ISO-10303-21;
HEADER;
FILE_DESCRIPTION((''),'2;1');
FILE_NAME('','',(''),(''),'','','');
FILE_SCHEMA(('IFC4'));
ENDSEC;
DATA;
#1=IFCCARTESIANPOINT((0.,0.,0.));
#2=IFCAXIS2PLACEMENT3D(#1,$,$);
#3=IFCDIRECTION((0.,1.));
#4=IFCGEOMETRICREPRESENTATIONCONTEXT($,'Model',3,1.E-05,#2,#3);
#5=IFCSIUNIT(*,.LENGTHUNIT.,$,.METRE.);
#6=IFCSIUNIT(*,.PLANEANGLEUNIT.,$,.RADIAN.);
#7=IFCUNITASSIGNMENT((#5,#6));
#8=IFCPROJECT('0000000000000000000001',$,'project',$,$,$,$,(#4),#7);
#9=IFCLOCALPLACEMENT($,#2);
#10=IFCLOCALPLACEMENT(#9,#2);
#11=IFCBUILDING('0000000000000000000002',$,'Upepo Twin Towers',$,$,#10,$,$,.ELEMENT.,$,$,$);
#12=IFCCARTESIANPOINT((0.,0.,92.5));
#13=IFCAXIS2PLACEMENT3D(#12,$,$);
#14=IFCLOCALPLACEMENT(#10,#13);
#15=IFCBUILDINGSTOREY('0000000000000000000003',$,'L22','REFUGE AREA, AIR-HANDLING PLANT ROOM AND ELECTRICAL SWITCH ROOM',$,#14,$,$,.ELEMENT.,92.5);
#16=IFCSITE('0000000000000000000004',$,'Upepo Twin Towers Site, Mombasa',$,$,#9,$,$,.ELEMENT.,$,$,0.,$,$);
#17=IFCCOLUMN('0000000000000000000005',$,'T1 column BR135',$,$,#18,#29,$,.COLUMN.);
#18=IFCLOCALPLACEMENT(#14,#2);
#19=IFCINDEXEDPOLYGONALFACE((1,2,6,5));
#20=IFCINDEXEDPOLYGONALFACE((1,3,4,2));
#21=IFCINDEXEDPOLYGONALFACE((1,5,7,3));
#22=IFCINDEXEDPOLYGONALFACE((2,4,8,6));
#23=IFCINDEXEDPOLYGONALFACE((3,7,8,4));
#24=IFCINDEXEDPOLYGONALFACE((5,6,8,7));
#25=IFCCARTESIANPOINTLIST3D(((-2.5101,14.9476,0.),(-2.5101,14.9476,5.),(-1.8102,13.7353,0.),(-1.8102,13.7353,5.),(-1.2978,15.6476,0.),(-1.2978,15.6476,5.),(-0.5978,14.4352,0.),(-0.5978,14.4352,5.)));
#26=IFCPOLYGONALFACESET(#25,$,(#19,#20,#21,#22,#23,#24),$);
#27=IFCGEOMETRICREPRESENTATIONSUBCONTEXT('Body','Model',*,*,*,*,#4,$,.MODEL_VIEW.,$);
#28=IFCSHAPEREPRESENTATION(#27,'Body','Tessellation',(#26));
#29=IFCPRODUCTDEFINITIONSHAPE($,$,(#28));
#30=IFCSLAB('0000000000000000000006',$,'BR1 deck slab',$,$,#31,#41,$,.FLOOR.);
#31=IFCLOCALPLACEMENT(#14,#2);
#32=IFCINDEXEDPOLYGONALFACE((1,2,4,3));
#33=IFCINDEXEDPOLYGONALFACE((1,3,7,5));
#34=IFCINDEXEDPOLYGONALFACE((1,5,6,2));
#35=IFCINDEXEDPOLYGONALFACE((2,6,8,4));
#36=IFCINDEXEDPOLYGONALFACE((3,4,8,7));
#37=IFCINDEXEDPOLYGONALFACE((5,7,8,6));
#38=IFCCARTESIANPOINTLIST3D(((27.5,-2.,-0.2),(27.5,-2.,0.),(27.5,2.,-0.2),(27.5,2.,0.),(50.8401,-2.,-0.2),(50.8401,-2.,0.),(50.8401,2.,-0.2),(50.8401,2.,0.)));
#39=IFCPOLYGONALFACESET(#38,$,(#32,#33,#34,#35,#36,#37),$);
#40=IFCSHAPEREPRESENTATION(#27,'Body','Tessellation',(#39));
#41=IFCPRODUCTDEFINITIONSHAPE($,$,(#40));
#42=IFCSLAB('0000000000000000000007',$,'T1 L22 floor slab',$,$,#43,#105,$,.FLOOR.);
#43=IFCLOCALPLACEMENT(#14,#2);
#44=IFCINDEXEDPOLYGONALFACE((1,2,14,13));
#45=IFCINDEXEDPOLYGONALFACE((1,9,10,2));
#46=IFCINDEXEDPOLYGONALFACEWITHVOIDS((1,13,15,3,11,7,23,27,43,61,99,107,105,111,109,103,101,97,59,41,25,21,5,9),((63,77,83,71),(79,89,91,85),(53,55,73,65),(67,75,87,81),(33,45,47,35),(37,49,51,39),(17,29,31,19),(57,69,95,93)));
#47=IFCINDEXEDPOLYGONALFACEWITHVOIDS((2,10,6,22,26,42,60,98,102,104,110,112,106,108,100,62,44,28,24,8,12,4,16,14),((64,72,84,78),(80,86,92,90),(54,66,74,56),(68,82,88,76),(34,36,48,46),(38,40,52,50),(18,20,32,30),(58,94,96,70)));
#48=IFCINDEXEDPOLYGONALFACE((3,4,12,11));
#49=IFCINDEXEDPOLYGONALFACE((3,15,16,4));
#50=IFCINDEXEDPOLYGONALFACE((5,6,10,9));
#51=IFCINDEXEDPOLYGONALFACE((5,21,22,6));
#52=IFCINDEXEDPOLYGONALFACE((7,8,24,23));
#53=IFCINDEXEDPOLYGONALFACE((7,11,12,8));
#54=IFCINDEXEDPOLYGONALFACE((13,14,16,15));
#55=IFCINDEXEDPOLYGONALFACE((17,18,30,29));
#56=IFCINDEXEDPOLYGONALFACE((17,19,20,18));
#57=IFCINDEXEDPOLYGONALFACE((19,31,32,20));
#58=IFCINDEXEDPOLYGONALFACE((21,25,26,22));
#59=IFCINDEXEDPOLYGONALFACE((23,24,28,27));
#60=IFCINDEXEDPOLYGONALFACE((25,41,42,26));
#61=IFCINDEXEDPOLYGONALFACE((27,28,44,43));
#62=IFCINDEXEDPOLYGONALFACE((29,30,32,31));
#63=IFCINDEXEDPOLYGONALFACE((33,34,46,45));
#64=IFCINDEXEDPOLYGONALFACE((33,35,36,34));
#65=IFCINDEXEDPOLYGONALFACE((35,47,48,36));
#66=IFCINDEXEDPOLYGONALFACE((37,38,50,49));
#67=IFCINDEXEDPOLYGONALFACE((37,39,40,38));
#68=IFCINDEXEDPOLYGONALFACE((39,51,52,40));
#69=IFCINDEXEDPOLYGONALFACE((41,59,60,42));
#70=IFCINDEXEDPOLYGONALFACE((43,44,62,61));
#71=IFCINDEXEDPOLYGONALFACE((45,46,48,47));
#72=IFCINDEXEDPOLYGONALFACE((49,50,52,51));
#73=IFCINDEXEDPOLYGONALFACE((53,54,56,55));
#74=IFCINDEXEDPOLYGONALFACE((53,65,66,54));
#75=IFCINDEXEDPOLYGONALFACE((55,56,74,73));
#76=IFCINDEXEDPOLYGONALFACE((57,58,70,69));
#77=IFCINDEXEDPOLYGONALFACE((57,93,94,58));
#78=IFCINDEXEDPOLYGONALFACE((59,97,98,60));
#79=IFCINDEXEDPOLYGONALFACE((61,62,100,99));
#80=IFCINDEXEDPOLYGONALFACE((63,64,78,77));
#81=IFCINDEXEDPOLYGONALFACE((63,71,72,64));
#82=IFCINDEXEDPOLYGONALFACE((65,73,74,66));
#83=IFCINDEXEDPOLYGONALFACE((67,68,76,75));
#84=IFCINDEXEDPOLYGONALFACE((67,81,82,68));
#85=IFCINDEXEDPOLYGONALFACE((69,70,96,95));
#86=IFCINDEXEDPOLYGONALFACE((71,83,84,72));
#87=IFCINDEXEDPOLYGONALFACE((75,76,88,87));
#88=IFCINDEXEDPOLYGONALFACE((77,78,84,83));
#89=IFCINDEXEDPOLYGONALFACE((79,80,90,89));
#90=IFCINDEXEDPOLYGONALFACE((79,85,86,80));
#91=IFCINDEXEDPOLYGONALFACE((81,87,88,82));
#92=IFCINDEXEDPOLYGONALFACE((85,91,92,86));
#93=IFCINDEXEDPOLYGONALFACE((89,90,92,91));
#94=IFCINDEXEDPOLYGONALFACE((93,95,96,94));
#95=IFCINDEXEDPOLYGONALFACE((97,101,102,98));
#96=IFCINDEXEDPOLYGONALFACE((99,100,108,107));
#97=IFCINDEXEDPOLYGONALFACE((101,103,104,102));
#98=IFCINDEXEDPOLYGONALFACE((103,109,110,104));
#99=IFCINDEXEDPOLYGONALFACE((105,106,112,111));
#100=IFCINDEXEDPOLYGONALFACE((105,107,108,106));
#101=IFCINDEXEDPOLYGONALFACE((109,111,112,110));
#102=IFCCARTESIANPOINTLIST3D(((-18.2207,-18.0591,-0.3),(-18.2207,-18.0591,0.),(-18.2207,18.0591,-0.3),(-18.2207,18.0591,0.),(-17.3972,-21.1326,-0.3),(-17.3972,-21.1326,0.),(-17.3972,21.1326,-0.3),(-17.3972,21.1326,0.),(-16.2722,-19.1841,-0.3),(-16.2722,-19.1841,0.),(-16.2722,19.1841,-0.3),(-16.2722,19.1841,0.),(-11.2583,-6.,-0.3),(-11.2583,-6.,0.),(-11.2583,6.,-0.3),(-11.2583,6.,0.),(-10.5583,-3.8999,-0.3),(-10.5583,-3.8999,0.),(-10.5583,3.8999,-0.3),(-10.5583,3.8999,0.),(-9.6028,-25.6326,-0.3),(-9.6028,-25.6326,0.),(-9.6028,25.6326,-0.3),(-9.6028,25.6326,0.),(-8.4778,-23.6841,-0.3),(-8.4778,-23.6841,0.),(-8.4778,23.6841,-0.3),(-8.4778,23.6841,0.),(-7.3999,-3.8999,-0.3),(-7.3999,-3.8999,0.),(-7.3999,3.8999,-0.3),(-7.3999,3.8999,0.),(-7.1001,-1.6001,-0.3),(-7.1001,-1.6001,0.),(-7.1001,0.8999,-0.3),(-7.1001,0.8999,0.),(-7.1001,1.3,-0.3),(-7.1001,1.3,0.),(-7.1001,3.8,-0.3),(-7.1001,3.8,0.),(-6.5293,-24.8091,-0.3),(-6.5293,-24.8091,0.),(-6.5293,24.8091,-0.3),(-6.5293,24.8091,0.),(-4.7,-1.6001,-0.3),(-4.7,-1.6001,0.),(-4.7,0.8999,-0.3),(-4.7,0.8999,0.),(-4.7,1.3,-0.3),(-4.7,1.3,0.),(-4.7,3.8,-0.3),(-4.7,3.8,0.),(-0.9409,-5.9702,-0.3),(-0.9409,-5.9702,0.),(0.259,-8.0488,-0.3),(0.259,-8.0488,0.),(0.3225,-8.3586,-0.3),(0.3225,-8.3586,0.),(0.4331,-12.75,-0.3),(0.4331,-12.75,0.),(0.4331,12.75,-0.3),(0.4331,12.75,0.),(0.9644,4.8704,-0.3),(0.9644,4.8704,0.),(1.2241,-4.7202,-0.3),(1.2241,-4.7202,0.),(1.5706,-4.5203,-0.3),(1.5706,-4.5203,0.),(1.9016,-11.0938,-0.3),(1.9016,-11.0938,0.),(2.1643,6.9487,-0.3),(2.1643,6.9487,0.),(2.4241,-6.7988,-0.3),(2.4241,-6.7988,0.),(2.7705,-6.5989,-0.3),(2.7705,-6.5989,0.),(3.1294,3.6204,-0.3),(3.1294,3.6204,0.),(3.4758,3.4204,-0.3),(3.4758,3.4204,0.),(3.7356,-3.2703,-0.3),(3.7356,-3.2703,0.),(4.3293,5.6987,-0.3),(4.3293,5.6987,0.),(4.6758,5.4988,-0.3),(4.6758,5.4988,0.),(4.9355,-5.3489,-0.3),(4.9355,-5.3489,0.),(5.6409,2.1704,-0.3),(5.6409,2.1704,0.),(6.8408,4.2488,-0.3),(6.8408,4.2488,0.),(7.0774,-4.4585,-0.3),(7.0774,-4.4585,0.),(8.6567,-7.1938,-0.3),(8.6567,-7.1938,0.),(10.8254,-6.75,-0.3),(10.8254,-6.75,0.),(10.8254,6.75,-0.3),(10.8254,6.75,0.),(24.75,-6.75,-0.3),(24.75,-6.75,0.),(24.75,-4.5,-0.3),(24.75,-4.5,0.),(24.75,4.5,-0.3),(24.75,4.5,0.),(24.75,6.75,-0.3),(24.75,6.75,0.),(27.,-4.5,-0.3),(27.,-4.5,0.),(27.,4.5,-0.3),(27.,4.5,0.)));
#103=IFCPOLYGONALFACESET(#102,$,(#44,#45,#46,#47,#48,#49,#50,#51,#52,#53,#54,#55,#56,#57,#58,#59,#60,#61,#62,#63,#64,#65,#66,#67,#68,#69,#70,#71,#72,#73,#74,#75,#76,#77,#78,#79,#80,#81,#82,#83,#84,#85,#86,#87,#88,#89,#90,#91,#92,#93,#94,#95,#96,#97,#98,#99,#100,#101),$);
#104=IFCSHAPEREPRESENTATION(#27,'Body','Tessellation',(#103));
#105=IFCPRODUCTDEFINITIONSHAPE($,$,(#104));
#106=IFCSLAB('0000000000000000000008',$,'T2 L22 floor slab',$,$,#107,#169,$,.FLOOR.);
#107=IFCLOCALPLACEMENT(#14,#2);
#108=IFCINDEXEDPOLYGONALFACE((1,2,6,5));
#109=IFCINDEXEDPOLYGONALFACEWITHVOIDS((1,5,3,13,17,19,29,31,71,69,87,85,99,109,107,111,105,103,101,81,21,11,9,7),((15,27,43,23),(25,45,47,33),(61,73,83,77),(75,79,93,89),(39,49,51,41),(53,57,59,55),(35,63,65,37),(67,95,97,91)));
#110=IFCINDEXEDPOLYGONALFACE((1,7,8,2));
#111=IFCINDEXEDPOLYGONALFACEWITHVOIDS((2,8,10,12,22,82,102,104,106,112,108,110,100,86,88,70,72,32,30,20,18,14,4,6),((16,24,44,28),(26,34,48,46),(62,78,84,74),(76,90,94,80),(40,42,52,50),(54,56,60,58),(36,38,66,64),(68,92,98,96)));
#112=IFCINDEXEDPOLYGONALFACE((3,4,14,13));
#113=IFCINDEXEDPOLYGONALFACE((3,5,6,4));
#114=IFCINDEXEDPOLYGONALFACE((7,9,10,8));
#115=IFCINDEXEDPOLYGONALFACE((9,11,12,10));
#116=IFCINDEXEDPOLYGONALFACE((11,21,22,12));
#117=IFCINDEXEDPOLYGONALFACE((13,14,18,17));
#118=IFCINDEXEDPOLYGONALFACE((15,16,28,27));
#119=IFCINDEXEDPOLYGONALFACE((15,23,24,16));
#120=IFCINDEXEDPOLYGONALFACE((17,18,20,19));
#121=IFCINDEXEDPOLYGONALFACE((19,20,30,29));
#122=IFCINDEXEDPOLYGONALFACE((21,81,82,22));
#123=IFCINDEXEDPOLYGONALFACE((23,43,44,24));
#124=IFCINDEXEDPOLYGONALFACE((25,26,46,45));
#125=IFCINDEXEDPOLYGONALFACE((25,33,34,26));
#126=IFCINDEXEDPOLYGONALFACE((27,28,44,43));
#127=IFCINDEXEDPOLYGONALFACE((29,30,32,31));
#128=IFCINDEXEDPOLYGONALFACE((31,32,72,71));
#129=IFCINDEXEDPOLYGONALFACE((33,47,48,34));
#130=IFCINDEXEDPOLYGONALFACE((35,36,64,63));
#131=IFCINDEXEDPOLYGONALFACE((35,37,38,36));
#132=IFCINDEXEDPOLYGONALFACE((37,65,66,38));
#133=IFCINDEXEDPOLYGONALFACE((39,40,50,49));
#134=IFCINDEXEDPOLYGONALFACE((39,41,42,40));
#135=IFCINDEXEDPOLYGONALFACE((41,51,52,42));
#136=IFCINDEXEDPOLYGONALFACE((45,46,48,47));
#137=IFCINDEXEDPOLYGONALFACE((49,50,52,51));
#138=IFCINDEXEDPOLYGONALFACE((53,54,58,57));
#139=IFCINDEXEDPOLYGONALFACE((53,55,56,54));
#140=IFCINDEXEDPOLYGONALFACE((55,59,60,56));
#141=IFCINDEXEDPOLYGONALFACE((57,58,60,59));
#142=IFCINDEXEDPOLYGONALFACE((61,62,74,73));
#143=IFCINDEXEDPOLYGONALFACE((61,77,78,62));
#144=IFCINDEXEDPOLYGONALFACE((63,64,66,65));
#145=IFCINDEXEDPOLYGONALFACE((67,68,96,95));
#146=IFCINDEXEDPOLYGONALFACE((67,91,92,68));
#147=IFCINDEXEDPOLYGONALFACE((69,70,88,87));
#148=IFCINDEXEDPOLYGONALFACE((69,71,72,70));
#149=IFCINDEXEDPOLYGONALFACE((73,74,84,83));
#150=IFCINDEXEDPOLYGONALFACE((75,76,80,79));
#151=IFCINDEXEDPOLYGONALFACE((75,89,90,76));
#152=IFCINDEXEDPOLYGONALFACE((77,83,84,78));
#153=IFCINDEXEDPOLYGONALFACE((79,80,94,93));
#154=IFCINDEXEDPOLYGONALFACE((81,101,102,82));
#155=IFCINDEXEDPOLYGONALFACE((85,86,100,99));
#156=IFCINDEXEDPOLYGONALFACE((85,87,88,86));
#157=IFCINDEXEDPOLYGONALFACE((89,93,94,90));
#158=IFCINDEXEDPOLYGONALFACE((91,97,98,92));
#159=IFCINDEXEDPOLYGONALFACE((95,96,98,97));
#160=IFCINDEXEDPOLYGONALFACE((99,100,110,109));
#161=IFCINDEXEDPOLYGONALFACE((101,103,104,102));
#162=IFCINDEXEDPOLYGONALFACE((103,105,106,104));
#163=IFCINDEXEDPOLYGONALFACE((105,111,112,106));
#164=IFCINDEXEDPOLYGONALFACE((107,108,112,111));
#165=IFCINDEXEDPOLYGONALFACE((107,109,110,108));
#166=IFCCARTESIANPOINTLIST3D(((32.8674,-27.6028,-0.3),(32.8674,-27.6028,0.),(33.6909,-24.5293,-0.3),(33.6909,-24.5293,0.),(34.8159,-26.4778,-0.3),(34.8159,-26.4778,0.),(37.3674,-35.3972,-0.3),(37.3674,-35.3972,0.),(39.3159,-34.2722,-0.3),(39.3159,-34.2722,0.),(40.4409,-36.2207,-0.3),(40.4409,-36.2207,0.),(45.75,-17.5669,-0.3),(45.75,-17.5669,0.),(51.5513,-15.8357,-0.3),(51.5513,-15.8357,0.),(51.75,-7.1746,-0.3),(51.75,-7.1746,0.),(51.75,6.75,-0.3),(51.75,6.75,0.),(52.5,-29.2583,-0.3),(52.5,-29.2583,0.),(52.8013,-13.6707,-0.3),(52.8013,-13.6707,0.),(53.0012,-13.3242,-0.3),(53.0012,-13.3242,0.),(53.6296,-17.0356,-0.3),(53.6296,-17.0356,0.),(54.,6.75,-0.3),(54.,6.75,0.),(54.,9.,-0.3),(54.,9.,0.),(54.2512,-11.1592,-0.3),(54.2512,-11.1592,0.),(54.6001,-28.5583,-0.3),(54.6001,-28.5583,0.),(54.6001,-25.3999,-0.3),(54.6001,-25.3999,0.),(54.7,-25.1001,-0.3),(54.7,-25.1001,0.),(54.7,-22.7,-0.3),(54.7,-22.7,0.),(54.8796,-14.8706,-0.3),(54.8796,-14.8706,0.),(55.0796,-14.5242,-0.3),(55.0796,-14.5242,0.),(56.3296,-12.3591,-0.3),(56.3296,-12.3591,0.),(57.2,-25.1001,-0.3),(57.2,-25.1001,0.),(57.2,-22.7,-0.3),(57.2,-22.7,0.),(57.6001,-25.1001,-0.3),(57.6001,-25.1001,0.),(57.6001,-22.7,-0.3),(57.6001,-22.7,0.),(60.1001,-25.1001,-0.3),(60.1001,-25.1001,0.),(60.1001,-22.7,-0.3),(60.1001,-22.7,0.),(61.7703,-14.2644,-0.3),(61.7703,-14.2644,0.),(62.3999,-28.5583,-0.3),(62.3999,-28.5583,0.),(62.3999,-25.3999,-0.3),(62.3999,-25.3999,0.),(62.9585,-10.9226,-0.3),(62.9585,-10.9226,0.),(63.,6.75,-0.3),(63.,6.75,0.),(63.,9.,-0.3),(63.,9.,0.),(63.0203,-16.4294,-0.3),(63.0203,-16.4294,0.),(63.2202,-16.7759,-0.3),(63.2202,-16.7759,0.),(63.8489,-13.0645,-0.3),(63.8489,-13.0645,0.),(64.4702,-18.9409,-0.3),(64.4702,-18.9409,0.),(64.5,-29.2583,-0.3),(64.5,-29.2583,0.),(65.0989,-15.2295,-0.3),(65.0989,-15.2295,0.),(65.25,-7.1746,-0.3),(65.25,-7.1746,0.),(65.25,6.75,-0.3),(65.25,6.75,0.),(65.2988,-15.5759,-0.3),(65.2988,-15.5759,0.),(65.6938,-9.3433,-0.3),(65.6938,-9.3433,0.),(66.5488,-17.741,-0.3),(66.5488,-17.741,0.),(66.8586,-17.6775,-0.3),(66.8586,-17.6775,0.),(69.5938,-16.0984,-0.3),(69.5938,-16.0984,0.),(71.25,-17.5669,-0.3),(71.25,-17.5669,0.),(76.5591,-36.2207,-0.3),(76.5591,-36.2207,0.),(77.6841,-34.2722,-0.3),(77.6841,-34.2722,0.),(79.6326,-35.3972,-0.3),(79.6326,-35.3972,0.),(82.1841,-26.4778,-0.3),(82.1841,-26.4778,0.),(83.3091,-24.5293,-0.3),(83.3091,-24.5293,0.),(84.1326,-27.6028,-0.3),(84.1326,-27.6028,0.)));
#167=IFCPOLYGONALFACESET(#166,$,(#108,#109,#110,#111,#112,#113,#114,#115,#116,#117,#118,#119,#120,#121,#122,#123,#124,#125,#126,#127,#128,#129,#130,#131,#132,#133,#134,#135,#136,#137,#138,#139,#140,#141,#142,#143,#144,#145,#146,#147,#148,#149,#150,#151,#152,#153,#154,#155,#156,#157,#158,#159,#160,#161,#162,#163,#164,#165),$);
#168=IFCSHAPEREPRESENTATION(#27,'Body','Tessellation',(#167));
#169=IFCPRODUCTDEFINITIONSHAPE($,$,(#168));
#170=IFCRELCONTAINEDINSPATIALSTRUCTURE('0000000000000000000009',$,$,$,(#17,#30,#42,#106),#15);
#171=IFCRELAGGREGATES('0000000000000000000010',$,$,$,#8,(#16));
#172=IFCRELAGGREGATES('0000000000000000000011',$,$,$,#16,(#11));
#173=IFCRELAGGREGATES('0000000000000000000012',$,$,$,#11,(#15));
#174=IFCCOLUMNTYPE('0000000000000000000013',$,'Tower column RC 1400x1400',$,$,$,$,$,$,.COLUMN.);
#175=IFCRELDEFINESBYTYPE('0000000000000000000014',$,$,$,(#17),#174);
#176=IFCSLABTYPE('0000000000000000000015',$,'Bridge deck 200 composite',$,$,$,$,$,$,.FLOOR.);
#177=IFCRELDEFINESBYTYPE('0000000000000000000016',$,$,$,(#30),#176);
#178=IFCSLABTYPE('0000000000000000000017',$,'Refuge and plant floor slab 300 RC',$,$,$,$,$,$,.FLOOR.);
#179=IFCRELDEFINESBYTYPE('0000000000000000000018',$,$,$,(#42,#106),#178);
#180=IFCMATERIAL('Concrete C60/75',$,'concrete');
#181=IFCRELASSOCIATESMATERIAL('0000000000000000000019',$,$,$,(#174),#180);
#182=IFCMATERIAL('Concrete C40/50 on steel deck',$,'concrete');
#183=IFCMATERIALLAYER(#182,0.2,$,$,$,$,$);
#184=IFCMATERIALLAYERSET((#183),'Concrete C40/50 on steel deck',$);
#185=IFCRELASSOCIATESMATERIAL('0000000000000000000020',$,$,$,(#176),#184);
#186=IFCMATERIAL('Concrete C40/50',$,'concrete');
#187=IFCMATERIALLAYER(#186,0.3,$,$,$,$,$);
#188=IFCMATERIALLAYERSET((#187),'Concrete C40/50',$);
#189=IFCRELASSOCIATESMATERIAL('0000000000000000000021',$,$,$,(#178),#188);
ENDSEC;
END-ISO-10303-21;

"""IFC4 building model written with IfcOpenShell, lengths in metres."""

from ifc_helpers import new_model, si_unit, direction, frame, origin, origin_2d, place, context, subcontext, project, spatial, polyline, rectangle, outline, extrude, material, layer, layer_set, material_profile, profile_set, type_object, element, save


model = new_model("IFC4")

# Units and contexts
model_context = context("Model", 3, precision=1e-05, world=origin(), true_north=direction((0.0, 1.0)))
body_context = subcontext(model_context, "Body", "Model", "MODEL_VIEW")
ifc_project = project(units=[si_unit("LENGTHUNIT", "METRE"), si_unit("PLANEANGLEUNIT", "RADIAN")], contexts=[model_context])

# Site, building, storey
site_placement = place(None, origin())
site = spatial("IfcSite", under=ifc_project, at=site_placement, Name="Upepo Twin Towers Site, Mombasa", CompositionType="ELEMENT", RefElevation=0.0)
building_placement = place(site_placement, origin())
building = spatial("IfcBuilding", under=site, at=building_placement, Name="Upepo Twin Towers", CompositionType="ELEMENT")
storey_placement = place(building_placement, frame((0.0, 0.0, 92.5)))
storey = spatial("IfcBuildingStorey", under=building, at=storey_placement, Name="L22", Description="REFUGE AREA, AIR-HANDLING PLANT ROOM AND ELECTRICAL SWITCH ROOM", CompositionType="ELEMENT", Elevation=92.5)

# Column
ifc_material_1 = material(Name="Concrete C60/75", Category="concrete")
ifc_material_profile = material_profile(ifc_material_1, rectangle(XDim=1.3999, YDim=1.3999, at=origin_2d()), Name="RC 1400x1400")
ifc_profile_set = profile_set([ifc_material_profile], Name="Concrete C60/75")
column_type = type_object("IfcColumnType", Name="Tower column RC 1400x1400", PredefinedType="COLUMN", material=ifc_profile_set)
column_placement = place(storey_placement, frame((-1.554, 14.6914, 0.0), z_axis=(0.0, 0.0, 1.0), x_axis=(0.866025, 0.5, 0.0)))
element("IfcColumn", 1, at=column_placement, inside=storey, type_object=column_type, Name="T1 column BR135", PredefinedType="COLUMN", context=body_context, shape_type="SweptSolid", body=[
    extrude(rectangle(XDim=1.3999, YDim=1.3999, at=origin_2d()), origin(), (0.0, 0.0, 1.0), 5.0),
])

# Slabs
ifc_material_2 = material(Name="Concrete C40/50 on steel deck", Category="concrete")
ifc_layer_1 = layer(ifc_material_2, 0.2)
ifc_layer_set_1 = layer_set([ifc_layer_1], Name="Concrete C40/50 on steel deck")
slab_type_1 = type_object("IfcSlabType", Name="Bridge deck 200 composite", PredefinedType="FLOOR", material=ifc_layer_set_1)
slab_1_placement = place(storey_placement, frame((0.0, 0.0, -0.2)))
element("IfcSlab", 2, at=slab_1_placement, inside=storey, type_object=slab_type_1, Name="BR1 deck slab", PredefinedType="FLOOR", context=body_context, shape_type="SweptSolid", body=[
    extrude(outline(polyline([(27.5, -2.0), (50.8401, -2.0), (50.8401, 2.0), (27.5, 2.0), (27.5, -2.0)])), origin(), (0.0, 0.0, 1.0), 0.2),
])
ifc_material_3 = material(Name="Concrete C40/50", Category="concrete")
ifc_layer_2 = layer(ifc_material_3, 0.3)
ifc_layer_set_2 = layer_set([ifc_layer_2], Name="Concrete C40/50")
slab_type_2 = type_object("IfcSlabType", Name="Refuge and plant floor slab 300 RC", PredefinedType="FLOOR", material=ifc_layer_set_2)
slab_2_placement = place(storey_placement, frame((0.0, 0.0, -0.3)))
element("IfcSlab", 3, at=slab_2_placement, inside=storey, type_object=slab_type_2, Name="T1 L22 floor slab", PredefinedType="FLOOR", context=body_context, shape_type="SweptSolid", body=[
    extrude(outline(polyline([(-8.4778, -23.6841), (-9.6028, -25.6326), (-17.3972, -21.1326), (-16.2722, -19.1841), (-18.2207, -18.0591), (-11.2583, -6.0), (-11.2583, 6.0), (-18.2207, 18.0591), (-16.2722, 19.1841), (-17.3972, 21.1326), (-9.6028, 25.6326), (-8.4778, 23.6841), (-6.5293, 24.8091), (0.4331, 12.75), (10.8254, 6.75), (24.75, 6.75), (24.75, 4.5), (27.0, 4.5), (27.0, -4.5), (24.75, -4.5), (24.75, -6.75), (10.8254, -6.75), (0.4331, -12.75), (-6.5293, -24.8091), (-8.4778, -23.6841)]), holes=[polyline([(5.6409, 2.1704), (6.8408, 4.2488), (4.6758, 5.4988), (3.4758, 3.4204), (5.6409, 2.1704)]), polyline([(3.1294, 3.6204), (4.3293, 5.6987), (2.1643, 6.9487), (0.9644, 4.8704), (3.1294, 3.6204)]), polyline([(-4.7, 3.8), (-7.1001, 3.8), (-7.1001, 1.3), (-4.7, 1.3), (-4.7, 3.8)]), polyline([(-4.7, 0.8999), (-7.1001, 0.8999), (-7.1001, -1.6001), (-4.7, -1.6001), (-4.7, 0.8999)]), polyline([(-7.3999, 3.8999), (-10.5583, 3.8999), (-10.5583, -3.8999), (-7.3999, -3.8999), (-7.3999, 3.8999)]), polyline([(-0.9409, -5.9702), (0.259, -8.0488), (2.4241, -6.7988), (1.2241, -4.7202), (-0.9409, -5.9702)]), polyline([(1.5706, -4.5203), (2.7705, -6.5989), (4.9355, -5.3489), (3.7356, -3.2703), (1.5706, -4.5203)]), polyline([(0.3225, -8.3586), (1.9016, -11.0938), (8.6567, -7.1938), (7.0774, -4.4585), (0.3225, -8.3586)])]), origin(), (0.0, 0.0, 1.0), 0.3),
])
slab_3_placement = place(storey_placement, frame((0.0, 0.0, -0.3)))
element("IfcSlab", 4, at=slab_3_placement, inside=storey, type_object=slab_type_2, Name="T2 L22 floor slab", PredefinedType="FLOOR", context=body_context, shape_type="SweptSolid", body=[
    extrude(outline(polyline([(82.1841, -26.4778), (84.1326, -27.6028), (79.6326, -35.3972), (77.6841, -34.2722), (76.5591, -36.2207), (64.5, -29.2583), (52.5, -29.2583), (40.4409, -36.2207), (39.3159, -34.2722), (37.3674, -35.3972), (32.8674, -27.6028), (34.8159, -26.4778), (33.6909, -24.5293), (45.75, -17.5669), (51.75, -7.1746), (51.75, 6.75), (54.0, 6.75), (54.0, 9.0), (63.0, 9.0), (63.0, 6.75), (65.25, 6.75), (65.25, -7.1746), (71.25, -17.5669), (83.3091, -24.5293), (82.1841, -26.4778)]), holes=[polyline([(56.3296, -12.3591), (54.2512, -11.1592), (53.0012, -13.3242), (55.0796, -14.5242), (56.3296, -12.3591)]), polyline([(54.8796, -14.8706), (52.8013, -13.6707), (51.5513, -15.8357), (53.6296, -17.0356), (54.8796, -14.8706)]), polyline([(54.7, -22.7), (54.7, -25.1001), (57.2, -25.1001), (57.2, -22.7), (54.7, -22.7)]), polyline([(57.6001, -22.7), (57.6001, -25.1001), (60.1001, -25.1001), (60.1001, -22.7), (57.6001, -22.7)]), polyline([(54.6001, -25.3999), (54.6001, -28.5583), (62.3999, -28.5583), (62.3999, -25.3999), (54.6001, -25.3999)]), polyline([(64.4702, -18.9409), (66.5488, -17.741), (65.2988, -15.5759), (63.2202, -16.7759), (64.4702, -18.9409)]), polyline([(63.0203, -16.4294), (65.0989, -15.2295), (63.8489, -13.0645), (61.7703, -14.2644), (63.0203, -16.4294)]), polyline([(66.8586, -17.6775), (69.5938, -16.0984), (65.6938, -9.3433), (62.9585, -10.9226), (66.8586, -17.6775)])]), origin(), (0.0, 0.0, 1.0), 0.3),
])

save(model, "model.ifc")
